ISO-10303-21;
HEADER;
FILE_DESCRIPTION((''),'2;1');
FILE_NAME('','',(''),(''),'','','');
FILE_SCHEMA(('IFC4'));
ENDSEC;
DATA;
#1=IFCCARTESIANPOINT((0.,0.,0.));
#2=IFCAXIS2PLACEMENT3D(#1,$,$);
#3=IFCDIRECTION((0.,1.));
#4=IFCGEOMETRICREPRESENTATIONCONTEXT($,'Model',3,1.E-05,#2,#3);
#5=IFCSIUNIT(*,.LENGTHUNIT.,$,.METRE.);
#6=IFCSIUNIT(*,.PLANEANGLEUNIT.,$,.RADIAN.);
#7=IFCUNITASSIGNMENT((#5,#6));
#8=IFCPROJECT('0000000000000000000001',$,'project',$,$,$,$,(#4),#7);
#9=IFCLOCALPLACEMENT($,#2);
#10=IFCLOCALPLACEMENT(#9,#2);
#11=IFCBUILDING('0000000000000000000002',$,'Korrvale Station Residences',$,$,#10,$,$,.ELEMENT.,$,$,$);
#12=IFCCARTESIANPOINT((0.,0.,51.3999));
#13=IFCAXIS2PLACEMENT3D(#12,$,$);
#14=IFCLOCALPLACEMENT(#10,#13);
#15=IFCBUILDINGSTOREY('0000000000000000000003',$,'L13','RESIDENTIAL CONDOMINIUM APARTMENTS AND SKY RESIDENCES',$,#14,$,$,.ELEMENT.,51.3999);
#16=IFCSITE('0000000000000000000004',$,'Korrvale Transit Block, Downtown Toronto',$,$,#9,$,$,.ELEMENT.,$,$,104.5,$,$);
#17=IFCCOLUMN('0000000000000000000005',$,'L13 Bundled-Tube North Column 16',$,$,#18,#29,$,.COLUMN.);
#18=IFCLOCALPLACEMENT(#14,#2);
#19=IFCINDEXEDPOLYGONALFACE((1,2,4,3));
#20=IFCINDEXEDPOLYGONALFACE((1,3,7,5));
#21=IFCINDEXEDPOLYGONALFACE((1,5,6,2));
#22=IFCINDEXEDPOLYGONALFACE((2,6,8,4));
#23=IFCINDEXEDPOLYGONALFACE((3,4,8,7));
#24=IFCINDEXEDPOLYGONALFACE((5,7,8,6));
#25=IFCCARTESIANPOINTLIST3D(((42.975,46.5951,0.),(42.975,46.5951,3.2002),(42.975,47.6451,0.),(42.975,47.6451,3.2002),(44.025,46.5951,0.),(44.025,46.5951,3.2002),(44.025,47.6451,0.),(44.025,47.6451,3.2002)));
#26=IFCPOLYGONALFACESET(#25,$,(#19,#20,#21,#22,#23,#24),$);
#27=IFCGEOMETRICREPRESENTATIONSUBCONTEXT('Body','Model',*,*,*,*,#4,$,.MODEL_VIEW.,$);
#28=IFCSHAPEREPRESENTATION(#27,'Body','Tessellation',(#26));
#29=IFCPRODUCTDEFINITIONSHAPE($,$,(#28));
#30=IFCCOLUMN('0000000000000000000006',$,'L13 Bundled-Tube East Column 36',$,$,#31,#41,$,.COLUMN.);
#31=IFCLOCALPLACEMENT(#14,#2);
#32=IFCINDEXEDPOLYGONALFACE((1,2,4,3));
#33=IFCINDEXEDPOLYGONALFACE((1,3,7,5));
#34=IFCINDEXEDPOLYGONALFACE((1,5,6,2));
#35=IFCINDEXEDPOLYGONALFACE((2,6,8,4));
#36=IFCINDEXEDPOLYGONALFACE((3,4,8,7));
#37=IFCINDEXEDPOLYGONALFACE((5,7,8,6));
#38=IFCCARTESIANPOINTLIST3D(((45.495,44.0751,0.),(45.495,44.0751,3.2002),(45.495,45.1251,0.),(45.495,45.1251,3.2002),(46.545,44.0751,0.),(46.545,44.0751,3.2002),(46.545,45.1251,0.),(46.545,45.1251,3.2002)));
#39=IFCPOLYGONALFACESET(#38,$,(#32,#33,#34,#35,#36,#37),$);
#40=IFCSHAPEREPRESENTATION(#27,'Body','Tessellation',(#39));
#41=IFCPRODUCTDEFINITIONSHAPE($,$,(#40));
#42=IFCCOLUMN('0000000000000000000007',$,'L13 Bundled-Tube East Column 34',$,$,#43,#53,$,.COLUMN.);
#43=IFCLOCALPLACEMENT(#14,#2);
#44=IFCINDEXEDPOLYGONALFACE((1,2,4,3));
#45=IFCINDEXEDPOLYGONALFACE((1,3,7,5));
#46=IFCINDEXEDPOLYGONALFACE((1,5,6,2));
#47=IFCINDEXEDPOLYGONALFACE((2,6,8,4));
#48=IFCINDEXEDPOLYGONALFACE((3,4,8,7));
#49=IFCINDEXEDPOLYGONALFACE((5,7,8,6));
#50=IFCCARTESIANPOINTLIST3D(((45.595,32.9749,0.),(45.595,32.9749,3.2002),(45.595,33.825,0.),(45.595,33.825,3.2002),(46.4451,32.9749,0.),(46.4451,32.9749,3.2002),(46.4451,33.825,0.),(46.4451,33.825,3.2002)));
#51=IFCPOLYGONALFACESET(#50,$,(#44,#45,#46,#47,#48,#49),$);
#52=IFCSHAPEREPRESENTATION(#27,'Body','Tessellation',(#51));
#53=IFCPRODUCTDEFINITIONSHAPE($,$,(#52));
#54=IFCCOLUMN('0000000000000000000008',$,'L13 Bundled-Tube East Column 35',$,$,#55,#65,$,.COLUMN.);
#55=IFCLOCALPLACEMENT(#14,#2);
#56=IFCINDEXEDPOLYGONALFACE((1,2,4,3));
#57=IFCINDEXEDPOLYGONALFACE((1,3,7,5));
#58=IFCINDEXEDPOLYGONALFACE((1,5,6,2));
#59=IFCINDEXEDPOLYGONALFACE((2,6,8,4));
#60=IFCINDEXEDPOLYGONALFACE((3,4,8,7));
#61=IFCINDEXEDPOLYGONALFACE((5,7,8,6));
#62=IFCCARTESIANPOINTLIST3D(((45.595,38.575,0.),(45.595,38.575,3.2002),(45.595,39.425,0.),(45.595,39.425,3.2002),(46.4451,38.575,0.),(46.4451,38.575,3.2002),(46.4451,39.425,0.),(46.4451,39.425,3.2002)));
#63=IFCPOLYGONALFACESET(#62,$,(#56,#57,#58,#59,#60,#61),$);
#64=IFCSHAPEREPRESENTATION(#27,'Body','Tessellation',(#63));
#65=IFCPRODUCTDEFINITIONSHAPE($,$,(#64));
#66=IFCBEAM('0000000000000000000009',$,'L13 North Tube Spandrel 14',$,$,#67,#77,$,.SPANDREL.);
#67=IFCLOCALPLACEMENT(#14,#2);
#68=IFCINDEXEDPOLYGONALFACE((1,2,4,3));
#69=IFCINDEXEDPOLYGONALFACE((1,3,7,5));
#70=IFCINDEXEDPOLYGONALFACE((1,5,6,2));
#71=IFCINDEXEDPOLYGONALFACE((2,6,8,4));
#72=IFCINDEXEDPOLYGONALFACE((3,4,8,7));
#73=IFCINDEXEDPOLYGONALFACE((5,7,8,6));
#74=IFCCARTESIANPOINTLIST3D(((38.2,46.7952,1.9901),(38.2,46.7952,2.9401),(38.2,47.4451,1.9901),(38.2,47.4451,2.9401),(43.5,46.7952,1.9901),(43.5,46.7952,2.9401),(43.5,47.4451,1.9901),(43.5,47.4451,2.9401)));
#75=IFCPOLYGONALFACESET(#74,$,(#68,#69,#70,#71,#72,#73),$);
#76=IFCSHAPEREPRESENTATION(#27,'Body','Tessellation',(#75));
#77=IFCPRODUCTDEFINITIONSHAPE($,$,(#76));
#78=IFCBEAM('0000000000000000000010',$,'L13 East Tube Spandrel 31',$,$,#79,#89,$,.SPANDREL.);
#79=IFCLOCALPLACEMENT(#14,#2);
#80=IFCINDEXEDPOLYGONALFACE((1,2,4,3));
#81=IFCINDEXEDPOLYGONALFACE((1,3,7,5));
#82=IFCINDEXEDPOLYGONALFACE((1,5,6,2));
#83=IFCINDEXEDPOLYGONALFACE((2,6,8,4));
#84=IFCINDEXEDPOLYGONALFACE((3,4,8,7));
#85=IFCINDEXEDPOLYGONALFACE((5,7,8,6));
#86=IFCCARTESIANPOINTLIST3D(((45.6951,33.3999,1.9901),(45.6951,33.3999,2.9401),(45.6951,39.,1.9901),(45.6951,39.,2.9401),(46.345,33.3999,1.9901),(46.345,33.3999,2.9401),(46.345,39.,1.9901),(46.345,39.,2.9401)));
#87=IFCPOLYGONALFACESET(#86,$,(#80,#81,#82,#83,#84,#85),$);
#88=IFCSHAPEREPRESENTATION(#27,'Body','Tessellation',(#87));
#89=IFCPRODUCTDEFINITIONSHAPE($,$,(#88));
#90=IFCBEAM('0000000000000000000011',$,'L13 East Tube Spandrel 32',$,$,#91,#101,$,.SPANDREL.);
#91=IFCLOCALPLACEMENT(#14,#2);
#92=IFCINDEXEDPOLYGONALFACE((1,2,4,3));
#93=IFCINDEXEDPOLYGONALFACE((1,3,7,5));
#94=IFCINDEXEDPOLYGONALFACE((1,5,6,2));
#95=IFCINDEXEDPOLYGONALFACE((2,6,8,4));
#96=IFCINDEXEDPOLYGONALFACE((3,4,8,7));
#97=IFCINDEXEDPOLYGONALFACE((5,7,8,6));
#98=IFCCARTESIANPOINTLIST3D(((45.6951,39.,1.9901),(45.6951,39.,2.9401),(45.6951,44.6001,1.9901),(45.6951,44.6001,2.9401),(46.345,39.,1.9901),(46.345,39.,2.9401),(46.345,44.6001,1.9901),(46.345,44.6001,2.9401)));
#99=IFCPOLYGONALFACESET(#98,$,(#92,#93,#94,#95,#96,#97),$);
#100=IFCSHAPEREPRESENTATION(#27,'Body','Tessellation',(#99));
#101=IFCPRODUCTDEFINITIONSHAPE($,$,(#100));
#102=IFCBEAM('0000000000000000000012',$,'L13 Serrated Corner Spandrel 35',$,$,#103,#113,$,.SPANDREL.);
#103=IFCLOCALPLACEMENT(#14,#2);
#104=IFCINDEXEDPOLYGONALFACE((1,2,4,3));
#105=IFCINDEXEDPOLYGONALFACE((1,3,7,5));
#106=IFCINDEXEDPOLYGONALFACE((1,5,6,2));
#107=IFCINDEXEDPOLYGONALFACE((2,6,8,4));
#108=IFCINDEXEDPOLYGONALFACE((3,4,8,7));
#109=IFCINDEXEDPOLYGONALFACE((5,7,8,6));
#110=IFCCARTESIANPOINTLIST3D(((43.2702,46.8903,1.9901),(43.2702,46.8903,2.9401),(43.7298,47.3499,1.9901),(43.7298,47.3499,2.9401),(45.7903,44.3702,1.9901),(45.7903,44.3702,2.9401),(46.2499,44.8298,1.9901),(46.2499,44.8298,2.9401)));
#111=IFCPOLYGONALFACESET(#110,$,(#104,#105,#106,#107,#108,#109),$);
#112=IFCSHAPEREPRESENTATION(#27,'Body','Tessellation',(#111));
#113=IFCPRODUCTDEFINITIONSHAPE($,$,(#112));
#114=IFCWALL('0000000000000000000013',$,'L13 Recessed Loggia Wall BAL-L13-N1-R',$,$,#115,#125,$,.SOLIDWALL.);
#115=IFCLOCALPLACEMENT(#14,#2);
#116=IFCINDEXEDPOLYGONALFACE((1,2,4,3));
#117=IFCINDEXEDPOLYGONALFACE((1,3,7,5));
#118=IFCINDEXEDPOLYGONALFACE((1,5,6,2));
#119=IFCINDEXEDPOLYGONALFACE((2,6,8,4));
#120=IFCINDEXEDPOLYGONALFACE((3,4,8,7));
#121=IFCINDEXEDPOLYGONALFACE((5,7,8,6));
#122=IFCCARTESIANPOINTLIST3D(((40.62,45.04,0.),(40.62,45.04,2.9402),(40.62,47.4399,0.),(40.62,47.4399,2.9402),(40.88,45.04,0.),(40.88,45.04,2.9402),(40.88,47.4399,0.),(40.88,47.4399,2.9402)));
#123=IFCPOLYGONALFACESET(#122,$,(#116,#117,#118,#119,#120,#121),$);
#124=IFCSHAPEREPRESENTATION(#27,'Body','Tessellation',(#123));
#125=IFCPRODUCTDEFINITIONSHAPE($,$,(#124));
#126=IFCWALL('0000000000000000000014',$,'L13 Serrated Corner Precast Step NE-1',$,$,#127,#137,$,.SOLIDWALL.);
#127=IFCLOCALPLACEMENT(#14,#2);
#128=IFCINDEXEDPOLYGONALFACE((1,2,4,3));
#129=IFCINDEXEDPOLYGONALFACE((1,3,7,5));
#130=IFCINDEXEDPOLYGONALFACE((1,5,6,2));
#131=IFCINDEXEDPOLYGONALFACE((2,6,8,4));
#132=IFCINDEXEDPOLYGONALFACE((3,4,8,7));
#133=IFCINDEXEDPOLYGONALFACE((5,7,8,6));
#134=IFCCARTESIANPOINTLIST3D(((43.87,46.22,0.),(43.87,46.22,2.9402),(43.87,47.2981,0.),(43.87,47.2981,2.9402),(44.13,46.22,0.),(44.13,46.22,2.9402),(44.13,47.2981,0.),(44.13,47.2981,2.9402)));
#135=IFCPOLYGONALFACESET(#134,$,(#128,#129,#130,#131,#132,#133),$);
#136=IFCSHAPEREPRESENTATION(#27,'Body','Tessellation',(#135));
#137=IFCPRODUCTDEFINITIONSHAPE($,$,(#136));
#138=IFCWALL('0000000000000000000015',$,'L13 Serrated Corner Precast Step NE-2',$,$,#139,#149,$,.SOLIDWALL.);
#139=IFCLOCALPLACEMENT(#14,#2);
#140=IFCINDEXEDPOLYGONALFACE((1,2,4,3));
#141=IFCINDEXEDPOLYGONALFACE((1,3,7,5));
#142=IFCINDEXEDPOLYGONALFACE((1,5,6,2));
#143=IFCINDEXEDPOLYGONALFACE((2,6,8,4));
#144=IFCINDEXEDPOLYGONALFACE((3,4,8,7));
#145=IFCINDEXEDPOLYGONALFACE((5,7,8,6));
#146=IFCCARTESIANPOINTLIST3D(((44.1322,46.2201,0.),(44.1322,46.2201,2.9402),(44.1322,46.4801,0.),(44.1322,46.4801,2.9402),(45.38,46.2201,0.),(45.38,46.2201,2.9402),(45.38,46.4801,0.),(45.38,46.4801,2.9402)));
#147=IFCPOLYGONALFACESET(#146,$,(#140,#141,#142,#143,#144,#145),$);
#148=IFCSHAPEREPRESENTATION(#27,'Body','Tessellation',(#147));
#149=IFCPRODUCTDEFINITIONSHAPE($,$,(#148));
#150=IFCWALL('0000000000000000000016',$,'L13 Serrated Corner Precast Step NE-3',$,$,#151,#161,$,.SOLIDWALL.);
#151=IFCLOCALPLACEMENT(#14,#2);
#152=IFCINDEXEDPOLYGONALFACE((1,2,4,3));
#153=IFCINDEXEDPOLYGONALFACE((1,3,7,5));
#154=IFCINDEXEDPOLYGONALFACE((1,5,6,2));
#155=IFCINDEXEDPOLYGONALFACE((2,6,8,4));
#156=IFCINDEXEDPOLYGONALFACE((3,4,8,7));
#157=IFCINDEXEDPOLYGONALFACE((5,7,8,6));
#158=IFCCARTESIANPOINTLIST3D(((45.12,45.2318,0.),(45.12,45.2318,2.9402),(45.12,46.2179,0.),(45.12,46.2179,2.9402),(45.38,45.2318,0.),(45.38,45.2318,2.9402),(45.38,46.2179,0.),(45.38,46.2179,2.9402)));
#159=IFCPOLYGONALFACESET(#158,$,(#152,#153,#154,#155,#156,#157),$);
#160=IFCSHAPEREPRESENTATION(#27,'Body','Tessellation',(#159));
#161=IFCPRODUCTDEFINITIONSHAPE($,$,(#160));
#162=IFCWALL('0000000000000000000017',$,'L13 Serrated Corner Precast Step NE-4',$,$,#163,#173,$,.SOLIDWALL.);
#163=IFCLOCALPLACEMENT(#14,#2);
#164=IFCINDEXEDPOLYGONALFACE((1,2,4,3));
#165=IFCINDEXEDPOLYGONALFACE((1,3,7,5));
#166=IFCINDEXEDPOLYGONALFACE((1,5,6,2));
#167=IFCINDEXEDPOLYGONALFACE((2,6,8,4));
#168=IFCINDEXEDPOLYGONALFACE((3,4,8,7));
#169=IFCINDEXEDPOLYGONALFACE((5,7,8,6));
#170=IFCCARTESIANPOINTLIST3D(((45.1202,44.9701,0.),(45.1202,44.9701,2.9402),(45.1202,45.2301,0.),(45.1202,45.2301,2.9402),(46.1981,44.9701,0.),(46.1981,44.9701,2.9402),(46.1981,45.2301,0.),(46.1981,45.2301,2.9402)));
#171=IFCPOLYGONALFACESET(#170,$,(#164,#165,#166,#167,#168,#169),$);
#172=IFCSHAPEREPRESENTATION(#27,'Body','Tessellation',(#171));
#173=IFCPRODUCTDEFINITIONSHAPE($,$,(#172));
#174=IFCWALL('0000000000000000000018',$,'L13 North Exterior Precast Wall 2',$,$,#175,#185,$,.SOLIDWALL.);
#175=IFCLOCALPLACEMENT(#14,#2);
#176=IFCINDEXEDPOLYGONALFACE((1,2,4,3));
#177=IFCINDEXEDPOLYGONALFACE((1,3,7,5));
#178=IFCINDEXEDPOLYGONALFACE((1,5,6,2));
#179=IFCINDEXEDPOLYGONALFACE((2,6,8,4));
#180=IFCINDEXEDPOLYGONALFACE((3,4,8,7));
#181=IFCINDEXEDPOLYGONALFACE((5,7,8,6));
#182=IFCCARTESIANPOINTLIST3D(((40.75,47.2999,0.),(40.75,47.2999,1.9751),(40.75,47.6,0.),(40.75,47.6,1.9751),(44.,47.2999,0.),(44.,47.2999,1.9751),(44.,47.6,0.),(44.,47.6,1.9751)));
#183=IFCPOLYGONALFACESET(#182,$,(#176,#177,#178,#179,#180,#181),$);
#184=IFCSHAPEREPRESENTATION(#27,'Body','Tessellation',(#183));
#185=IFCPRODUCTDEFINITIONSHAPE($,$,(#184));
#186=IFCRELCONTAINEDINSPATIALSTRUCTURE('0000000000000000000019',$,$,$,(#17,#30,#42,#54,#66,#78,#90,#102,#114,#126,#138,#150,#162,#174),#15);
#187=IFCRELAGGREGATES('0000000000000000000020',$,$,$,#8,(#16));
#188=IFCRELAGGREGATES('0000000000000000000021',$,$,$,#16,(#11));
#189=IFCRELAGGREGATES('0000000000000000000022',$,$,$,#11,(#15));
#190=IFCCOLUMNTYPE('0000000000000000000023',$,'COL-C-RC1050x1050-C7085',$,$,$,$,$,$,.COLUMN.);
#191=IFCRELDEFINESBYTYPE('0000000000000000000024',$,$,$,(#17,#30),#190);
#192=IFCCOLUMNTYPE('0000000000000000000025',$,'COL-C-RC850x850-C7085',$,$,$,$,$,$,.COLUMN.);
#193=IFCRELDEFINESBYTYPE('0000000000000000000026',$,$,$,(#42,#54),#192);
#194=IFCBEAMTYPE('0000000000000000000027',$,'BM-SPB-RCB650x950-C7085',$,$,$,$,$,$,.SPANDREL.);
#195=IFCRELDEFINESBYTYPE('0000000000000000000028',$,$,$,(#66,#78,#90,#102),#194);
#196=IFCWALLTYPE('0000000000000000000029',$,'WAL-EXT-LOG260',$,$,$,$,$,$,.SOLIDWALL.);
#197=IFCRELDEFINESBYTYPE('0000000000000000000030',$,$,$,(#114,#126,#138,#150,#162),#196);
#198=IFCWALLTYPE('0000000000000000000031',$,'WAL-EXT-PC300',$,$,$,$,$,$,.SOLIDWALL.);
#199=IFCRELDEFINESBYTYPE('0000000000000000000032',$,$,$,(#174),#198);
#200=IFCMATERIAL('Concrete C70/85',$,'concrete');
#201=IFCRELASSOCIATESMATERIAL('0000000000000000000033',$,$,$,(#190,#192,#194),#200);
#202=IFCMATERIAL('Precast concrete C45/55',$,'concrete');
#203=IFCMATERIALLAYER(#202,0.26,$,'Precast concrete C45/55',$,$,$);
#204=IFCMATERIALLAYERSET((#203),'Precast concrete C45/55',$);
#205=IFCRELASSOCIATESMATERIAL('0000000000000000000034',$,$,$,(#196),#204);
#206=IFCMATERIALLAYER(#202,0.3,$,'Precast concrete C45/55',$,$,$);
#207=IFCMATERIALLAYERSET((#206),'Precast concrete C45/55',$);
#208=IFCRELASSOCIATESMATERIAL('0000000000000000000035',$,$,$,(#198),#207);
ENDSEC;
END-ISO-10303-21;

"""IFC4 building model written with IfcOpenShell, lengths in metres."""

from ifc_helpers import new_model, si_unit, direction, frame, frame_2d, origin, origin_2d, place, context, subcontext, project, spatial, rectangle, extrude, material, layer, layer_set, material_profile, profile_set, type_object, element, save


model = new_model("IFC4")

# Units and contexts
model_context = context("Model", 3, precision=1e-05, world=origin(), true_north=direction((0.0, 1.0)))
body_context = subcontext(model_context, "Body", "Model", "MODEL_VIEW")
ifc_project = project(units=[si_unit("LENGTHUNIT", "METRE"), si_unit("PLANEANGLEUNIT", "RADIAN")], contexts=[model_context])

# Site, building, storey
site_placement = place(None, origin())
site = spatial("IfcSite", under=ifc_project, at=site_placement, Name="Korrvale Transit Block, Downtown Toronto", CompositionType="ELEMENT", RefElevation=104.5)
building_placement = place(site_placement, origin())
building = spatial("IfcBuilding", under=site, at=building_placement, Name="Korrvale Station Residences", CompositionType="ELEMENT")
storey_placement = place(building_placement, frame((0.0, 0.0, 51.3999)))
storey = spatial("IfcBuildingStorey", under=building, at=storey_placement, Name="L13", Description="RESIDENTIAL CONDOMINIUM APARTMENTS AND SKY RESIDENCES", CompositionType="ELEMENT", Elevation=51.3999)

# Columns
ifc_material_1 = material(Name="Concrete C70/85", Category="concrete")
ifc_material_profile_1 = material_profile(ifc_material_1, rectangle(XDim=1.05, YDim=1.05, at=origin_2d()), Name="RC1050x1050")
ifc_profile_set_1 = profile_set([ifc_material_profile_1], Name="Concrete C70/85")
column_type_1 = type_object("IfcColumnType", Name="COL-C-RC1050x1050-C7085", PredefinedType="COLUMN", material=ifc_profile_set_1)
for number, where, z_axis, x_axis, name in (
    (1, (43.5, 47.1201, 0.0), (0.0, 0.0, 1.0), (1.0, 0.0, 0.0), "L13 Bundled-Tube North Column 16"),
    (2, (46.02, 44.6001, 0.0), (0.0, 0.0, 1.0), (1.0, 0.0, 0.0), "L13 Bundled-Tube East Column 36"),
):
    element("IfcColumn", number, at=place(storey_placement, frame(where, z_axis=z_axis, x_axis=x_axis)), inside=storey, type_object=column_type_1, Name=name, PredefinedType="COLUMN", context=body_context, shape_type="SweptSolid", body=[
        extrude(rectangle(XDim=1.05, YDim=1.05, at=origin_2d()), origin(), (0.0, 0.0, 1.0), 3.2002),
    ])
ifc_material_profile_2 = material_profile(ifc_material_1, rectangle(XDim=0.8501, YDim=0.8501, at=origin_2d()), Name="RC850x850")
ifc_profile_set_2 = profile_set([ifc_material_profile_2], Name="Concrete C70/85")
column_type_2 = type_object("IfcColumnType", Name="COL-C-RC850x850-C7085", PredefinedType="COLUMN", material=ifc_profile_set_2)
for number, where, z_axis, x_axis, name in (
    (3, (46.02, 33.3999, 0.0), (0.0, 0.0, 1.0), (1.0, 0.0, 0.0), "L13 Bundled-Tube East Column 34"),
    (4, (46.02, 39.0, 0.0), (0.0, 0.0, 1.0), (1.0, 0.0, 0.0), "L13 Bundled-Tube East Column 35"),
):
    element("IfcColumn", number, at=place(storey_placement, frame(where, z_axis=z_axis, x_axis=x_axis)), inside=storey, type_object=column_type_2, Name=name, PredefinedType="COLUMN", context=body_context, shape_type="SweptSolid", body=[
        extrude(rectangle(XDim=0.8501, YDim=0.8501, at=origin_2d()), origin(), (0.0, 0.0, 1.0), 3.2002),
    ])

# Beams
ifc_material_profile_3 = material_profile(ifc_material_1, rectangle(XDim=0.6499, YDim=0.95, at=origin_2d()), Name="RCB650x950")
ifc_profile_set_3 = profile_set([ifc_material_profile_3], Name="Concrete C70/85")
beam_type = type_object("IfcBeamType", Name="BM-SPB-RCB650x950-C7085", PredefinedType="SPANDREL", material=ifc_profile_set_3)
beam_1_placement = place(storey_placement, frame((38.2, 47.1201, 2.4651), z_axis=(1.0, 0.0, 0.0), x_axis=(0.0, 1.0, 0.0)))
element("IfcBeam", 5, at=beam_1_placement, inside=storey, type_object=beam_type, Name="L13 North Tube Spandrel 14", PredefinedType="SPANDREL", context=body_context, shape_type="SweptSolid", body=[
    extrude(rectangle(XDim=0.6499, YDim=0.95, at=origin_2d()), origin(), (0.0, 0.0, 1.0), 5.3),
])
for number, where, z_axis, x_axis, name in (
    (6, (46.02, 33.3999, 2.4651), (0.0, 1.0, 0.0), (-1.0, 0.0, 0.0), "L13 East Tube Spandrel 31"),
    (7, (46.02, 39.0, 2.4651), (0.0, 1.0, 0.0), (-1.0, 0.0, 0.0), "L13 East Tube Spandrel 32"),
):
    element("IfcBeam", number, at=place(storey_placement, frame(where, z_axis=z_axis, x_axis=x_axis)), inside=storey, type_object=beam_type, Name=name, PredefinedType="SPANDREL", context=body_context, shape_type="SweptSolid", body=[
        extrude(rectangle(XDim=0.6499, YDim=0.95, at=origin_2d()), origin(), (0.0, 0.0, 1.0), 5.6001),
    ])
beam_2_placement = place(storey_placement, frame((43.5, 47.1201, 2.4651), z_axis=(0.707107, -0.707107, 0.0), x_axis=(0.707107, 0.707107, 0.0)))
element("IfcBeam", 8, at=beam_2_placement, inside=storey, type_object=beam_type, Name="L13 Serrated Corner Spandrel 35", PredefinedType="SPANDREL", context=body_context, shape_type="SweptSolid", body=[
    extrude(rectangle(XDim=0.6499, YDim=0.95, at=origin_2d()), origin(), (0.0, 0.0, 1.0), 3.564),
])

# Walls
ifc_material_2 = material(Name="Precast concrete C45/55", Category="concrete")
ifc_layer_1 = layer(ifc_material_2, 0.26, Name="Precast concrete C45/55")
ifc_layer_set_1 = layer_set([ifc_layer_1], Name="Precast concrete C45/55")
wall_type_1 = type_object("IfcWallType", Name="WAL-EXT-LOG260", PredefinedType="SOLIDWALL", material=ifc_layer_set_1)
wall_1_placement = place(storey_placement, frame((40.75, 45.04, 0.0), z_axis=(0.0, 0.0, 1.0), x_axis=(0.0, 1.0, 0.0)))
element("IfcWall", 9, at=wall_1_placement, inside=storey, type_object=wall_type_1, Name="L13 Recessed Loggia Wall BAL-L13-N1-R", PredefinedType="SOLIDWALL", context=body_context, shape_type="SweptSolid", body=[
    extrude(rectangle(XDim=2.3999, YDim=0.26, at=frame_2d((1.2, 0.0))), origin(), (0.0, 0.0, 1.0), 2.9402),
])
wall_2_placement = place(storey_placement, frame((44.0, 47.2981, 0.0), z_axis=(0.0, 0.0, 1.0), x_axis=(0.0, -1.0, 0.0)))
element("IfcWall", 10, at=wall_2_placement, inside=storey, type_object=wall_type_1, Name="L13 Serrated Corner Precast Step NE-1", PredefinedType="SOLIDWALL", context=body_context, shape_type="SweptSolid", body=[
    extrude(rectangle(XDim=1.0781, YDim=0.26, at=frame_2d((0.5391, 0.0))), origin(), (0.0, 0.0, 1.0), 2.9402),
])
wall_3_placement = place(storey_placement, frame((44.1321, 46.3501, 0.0), z_axis=(0.0, 0.0, 1.0), x_axis=(1.0, 0.0, 0.0)))
element("IfcWall", 11, at=wall_3_placement, inside=storey, type_object=wall_type_1, Name="L13 Serrated Corner Precast Step NE-2", PredefinedType="SOLIDWALL", context=body_context, shape_type="SweptSolid", body=[
    extrude(rectangle(XDim=1.2478, YDim=0.26, at=frame_2d((0.624, 0.0))), origin(), (0.0, 0.0, 1.0), 2.9402),
])
wall_4_placement = place(storey_placement, frame((45.25, 46.218, 0.0), z_axis=(0.0, 0.0, 1.0), x_axis=(0.0, -1.0, 0.0)))
element("IfcWall", 12, at=wall_4_placement, inside=storey, type_object=wall_type_1, Name="L13 Serrated Corner Precast Step NE-3", PredefinedType="SOLIDWALL", context=body_context, shape_type="SweptSolid", body=[
    extrude(rectangle(XDim=0.9861, YDim=0.26, at=frame_2d((0.4932, 0.0))), origin(), (0.0, 0.0, 1.0), 2.9402),
])
wall_5_placement = place(storey_placement, frame((45.1201, 45.1001, 0.0), z_axis=(0.0, 0.0, 1.0), x_axis=(1.0, 0.0, 0.0)))
element("IfcWall", 13, at=wall_5_placement, inside=storey, type_object=wall_type_1, Name="L13 Serrated Corner Precast Step NE-4", PredefinedType="SOLIDWALL", context=body_context, shape_type="SweptSolid", body=[
    extrude(rectangle(XDim=1.0779, YDim=0.26, at=frame_2d((0.5391, 0.0))), origin(), (0.0, 0.0, 1.0), 2.9402),
])
ifc_layer_2 = layer(ifc_material_2, 0.3, Name="Precast concrete C45/55")
ifc_layer_set_2 = layer_set([ifc_layer_2], Name="Precast concrete C45/55")
wall_type_2 = type_object("IfcWallType", Name="WAL-EXT-PC300", PredefinedType="SOLIDWALL", material=ifc_layer_set_2)
wall_6_placement = place(storey_placement, frame((40.75, 47.45, 0.0), z_axis=(0.0, 0.0, 1.0), x_axis=(1.0, 0.0, 0.0)))
element("IfcWall", 14, at=wall_6_placement, inside=storey, type_object=wall_type_2, Name="L13 North Exterior Precast Wall 2", PredefinedType="SOLIDWALL", context=body_context, shape_type="SweptSolid", body=[
    extrude(rectangle(XDim=3.25, YDim=0.3, at=frame_2d((1.625, 0.0))), origin(), (0.0, 0.0, 1.0), 1.9751),
])

save(model, "model.ifc")
